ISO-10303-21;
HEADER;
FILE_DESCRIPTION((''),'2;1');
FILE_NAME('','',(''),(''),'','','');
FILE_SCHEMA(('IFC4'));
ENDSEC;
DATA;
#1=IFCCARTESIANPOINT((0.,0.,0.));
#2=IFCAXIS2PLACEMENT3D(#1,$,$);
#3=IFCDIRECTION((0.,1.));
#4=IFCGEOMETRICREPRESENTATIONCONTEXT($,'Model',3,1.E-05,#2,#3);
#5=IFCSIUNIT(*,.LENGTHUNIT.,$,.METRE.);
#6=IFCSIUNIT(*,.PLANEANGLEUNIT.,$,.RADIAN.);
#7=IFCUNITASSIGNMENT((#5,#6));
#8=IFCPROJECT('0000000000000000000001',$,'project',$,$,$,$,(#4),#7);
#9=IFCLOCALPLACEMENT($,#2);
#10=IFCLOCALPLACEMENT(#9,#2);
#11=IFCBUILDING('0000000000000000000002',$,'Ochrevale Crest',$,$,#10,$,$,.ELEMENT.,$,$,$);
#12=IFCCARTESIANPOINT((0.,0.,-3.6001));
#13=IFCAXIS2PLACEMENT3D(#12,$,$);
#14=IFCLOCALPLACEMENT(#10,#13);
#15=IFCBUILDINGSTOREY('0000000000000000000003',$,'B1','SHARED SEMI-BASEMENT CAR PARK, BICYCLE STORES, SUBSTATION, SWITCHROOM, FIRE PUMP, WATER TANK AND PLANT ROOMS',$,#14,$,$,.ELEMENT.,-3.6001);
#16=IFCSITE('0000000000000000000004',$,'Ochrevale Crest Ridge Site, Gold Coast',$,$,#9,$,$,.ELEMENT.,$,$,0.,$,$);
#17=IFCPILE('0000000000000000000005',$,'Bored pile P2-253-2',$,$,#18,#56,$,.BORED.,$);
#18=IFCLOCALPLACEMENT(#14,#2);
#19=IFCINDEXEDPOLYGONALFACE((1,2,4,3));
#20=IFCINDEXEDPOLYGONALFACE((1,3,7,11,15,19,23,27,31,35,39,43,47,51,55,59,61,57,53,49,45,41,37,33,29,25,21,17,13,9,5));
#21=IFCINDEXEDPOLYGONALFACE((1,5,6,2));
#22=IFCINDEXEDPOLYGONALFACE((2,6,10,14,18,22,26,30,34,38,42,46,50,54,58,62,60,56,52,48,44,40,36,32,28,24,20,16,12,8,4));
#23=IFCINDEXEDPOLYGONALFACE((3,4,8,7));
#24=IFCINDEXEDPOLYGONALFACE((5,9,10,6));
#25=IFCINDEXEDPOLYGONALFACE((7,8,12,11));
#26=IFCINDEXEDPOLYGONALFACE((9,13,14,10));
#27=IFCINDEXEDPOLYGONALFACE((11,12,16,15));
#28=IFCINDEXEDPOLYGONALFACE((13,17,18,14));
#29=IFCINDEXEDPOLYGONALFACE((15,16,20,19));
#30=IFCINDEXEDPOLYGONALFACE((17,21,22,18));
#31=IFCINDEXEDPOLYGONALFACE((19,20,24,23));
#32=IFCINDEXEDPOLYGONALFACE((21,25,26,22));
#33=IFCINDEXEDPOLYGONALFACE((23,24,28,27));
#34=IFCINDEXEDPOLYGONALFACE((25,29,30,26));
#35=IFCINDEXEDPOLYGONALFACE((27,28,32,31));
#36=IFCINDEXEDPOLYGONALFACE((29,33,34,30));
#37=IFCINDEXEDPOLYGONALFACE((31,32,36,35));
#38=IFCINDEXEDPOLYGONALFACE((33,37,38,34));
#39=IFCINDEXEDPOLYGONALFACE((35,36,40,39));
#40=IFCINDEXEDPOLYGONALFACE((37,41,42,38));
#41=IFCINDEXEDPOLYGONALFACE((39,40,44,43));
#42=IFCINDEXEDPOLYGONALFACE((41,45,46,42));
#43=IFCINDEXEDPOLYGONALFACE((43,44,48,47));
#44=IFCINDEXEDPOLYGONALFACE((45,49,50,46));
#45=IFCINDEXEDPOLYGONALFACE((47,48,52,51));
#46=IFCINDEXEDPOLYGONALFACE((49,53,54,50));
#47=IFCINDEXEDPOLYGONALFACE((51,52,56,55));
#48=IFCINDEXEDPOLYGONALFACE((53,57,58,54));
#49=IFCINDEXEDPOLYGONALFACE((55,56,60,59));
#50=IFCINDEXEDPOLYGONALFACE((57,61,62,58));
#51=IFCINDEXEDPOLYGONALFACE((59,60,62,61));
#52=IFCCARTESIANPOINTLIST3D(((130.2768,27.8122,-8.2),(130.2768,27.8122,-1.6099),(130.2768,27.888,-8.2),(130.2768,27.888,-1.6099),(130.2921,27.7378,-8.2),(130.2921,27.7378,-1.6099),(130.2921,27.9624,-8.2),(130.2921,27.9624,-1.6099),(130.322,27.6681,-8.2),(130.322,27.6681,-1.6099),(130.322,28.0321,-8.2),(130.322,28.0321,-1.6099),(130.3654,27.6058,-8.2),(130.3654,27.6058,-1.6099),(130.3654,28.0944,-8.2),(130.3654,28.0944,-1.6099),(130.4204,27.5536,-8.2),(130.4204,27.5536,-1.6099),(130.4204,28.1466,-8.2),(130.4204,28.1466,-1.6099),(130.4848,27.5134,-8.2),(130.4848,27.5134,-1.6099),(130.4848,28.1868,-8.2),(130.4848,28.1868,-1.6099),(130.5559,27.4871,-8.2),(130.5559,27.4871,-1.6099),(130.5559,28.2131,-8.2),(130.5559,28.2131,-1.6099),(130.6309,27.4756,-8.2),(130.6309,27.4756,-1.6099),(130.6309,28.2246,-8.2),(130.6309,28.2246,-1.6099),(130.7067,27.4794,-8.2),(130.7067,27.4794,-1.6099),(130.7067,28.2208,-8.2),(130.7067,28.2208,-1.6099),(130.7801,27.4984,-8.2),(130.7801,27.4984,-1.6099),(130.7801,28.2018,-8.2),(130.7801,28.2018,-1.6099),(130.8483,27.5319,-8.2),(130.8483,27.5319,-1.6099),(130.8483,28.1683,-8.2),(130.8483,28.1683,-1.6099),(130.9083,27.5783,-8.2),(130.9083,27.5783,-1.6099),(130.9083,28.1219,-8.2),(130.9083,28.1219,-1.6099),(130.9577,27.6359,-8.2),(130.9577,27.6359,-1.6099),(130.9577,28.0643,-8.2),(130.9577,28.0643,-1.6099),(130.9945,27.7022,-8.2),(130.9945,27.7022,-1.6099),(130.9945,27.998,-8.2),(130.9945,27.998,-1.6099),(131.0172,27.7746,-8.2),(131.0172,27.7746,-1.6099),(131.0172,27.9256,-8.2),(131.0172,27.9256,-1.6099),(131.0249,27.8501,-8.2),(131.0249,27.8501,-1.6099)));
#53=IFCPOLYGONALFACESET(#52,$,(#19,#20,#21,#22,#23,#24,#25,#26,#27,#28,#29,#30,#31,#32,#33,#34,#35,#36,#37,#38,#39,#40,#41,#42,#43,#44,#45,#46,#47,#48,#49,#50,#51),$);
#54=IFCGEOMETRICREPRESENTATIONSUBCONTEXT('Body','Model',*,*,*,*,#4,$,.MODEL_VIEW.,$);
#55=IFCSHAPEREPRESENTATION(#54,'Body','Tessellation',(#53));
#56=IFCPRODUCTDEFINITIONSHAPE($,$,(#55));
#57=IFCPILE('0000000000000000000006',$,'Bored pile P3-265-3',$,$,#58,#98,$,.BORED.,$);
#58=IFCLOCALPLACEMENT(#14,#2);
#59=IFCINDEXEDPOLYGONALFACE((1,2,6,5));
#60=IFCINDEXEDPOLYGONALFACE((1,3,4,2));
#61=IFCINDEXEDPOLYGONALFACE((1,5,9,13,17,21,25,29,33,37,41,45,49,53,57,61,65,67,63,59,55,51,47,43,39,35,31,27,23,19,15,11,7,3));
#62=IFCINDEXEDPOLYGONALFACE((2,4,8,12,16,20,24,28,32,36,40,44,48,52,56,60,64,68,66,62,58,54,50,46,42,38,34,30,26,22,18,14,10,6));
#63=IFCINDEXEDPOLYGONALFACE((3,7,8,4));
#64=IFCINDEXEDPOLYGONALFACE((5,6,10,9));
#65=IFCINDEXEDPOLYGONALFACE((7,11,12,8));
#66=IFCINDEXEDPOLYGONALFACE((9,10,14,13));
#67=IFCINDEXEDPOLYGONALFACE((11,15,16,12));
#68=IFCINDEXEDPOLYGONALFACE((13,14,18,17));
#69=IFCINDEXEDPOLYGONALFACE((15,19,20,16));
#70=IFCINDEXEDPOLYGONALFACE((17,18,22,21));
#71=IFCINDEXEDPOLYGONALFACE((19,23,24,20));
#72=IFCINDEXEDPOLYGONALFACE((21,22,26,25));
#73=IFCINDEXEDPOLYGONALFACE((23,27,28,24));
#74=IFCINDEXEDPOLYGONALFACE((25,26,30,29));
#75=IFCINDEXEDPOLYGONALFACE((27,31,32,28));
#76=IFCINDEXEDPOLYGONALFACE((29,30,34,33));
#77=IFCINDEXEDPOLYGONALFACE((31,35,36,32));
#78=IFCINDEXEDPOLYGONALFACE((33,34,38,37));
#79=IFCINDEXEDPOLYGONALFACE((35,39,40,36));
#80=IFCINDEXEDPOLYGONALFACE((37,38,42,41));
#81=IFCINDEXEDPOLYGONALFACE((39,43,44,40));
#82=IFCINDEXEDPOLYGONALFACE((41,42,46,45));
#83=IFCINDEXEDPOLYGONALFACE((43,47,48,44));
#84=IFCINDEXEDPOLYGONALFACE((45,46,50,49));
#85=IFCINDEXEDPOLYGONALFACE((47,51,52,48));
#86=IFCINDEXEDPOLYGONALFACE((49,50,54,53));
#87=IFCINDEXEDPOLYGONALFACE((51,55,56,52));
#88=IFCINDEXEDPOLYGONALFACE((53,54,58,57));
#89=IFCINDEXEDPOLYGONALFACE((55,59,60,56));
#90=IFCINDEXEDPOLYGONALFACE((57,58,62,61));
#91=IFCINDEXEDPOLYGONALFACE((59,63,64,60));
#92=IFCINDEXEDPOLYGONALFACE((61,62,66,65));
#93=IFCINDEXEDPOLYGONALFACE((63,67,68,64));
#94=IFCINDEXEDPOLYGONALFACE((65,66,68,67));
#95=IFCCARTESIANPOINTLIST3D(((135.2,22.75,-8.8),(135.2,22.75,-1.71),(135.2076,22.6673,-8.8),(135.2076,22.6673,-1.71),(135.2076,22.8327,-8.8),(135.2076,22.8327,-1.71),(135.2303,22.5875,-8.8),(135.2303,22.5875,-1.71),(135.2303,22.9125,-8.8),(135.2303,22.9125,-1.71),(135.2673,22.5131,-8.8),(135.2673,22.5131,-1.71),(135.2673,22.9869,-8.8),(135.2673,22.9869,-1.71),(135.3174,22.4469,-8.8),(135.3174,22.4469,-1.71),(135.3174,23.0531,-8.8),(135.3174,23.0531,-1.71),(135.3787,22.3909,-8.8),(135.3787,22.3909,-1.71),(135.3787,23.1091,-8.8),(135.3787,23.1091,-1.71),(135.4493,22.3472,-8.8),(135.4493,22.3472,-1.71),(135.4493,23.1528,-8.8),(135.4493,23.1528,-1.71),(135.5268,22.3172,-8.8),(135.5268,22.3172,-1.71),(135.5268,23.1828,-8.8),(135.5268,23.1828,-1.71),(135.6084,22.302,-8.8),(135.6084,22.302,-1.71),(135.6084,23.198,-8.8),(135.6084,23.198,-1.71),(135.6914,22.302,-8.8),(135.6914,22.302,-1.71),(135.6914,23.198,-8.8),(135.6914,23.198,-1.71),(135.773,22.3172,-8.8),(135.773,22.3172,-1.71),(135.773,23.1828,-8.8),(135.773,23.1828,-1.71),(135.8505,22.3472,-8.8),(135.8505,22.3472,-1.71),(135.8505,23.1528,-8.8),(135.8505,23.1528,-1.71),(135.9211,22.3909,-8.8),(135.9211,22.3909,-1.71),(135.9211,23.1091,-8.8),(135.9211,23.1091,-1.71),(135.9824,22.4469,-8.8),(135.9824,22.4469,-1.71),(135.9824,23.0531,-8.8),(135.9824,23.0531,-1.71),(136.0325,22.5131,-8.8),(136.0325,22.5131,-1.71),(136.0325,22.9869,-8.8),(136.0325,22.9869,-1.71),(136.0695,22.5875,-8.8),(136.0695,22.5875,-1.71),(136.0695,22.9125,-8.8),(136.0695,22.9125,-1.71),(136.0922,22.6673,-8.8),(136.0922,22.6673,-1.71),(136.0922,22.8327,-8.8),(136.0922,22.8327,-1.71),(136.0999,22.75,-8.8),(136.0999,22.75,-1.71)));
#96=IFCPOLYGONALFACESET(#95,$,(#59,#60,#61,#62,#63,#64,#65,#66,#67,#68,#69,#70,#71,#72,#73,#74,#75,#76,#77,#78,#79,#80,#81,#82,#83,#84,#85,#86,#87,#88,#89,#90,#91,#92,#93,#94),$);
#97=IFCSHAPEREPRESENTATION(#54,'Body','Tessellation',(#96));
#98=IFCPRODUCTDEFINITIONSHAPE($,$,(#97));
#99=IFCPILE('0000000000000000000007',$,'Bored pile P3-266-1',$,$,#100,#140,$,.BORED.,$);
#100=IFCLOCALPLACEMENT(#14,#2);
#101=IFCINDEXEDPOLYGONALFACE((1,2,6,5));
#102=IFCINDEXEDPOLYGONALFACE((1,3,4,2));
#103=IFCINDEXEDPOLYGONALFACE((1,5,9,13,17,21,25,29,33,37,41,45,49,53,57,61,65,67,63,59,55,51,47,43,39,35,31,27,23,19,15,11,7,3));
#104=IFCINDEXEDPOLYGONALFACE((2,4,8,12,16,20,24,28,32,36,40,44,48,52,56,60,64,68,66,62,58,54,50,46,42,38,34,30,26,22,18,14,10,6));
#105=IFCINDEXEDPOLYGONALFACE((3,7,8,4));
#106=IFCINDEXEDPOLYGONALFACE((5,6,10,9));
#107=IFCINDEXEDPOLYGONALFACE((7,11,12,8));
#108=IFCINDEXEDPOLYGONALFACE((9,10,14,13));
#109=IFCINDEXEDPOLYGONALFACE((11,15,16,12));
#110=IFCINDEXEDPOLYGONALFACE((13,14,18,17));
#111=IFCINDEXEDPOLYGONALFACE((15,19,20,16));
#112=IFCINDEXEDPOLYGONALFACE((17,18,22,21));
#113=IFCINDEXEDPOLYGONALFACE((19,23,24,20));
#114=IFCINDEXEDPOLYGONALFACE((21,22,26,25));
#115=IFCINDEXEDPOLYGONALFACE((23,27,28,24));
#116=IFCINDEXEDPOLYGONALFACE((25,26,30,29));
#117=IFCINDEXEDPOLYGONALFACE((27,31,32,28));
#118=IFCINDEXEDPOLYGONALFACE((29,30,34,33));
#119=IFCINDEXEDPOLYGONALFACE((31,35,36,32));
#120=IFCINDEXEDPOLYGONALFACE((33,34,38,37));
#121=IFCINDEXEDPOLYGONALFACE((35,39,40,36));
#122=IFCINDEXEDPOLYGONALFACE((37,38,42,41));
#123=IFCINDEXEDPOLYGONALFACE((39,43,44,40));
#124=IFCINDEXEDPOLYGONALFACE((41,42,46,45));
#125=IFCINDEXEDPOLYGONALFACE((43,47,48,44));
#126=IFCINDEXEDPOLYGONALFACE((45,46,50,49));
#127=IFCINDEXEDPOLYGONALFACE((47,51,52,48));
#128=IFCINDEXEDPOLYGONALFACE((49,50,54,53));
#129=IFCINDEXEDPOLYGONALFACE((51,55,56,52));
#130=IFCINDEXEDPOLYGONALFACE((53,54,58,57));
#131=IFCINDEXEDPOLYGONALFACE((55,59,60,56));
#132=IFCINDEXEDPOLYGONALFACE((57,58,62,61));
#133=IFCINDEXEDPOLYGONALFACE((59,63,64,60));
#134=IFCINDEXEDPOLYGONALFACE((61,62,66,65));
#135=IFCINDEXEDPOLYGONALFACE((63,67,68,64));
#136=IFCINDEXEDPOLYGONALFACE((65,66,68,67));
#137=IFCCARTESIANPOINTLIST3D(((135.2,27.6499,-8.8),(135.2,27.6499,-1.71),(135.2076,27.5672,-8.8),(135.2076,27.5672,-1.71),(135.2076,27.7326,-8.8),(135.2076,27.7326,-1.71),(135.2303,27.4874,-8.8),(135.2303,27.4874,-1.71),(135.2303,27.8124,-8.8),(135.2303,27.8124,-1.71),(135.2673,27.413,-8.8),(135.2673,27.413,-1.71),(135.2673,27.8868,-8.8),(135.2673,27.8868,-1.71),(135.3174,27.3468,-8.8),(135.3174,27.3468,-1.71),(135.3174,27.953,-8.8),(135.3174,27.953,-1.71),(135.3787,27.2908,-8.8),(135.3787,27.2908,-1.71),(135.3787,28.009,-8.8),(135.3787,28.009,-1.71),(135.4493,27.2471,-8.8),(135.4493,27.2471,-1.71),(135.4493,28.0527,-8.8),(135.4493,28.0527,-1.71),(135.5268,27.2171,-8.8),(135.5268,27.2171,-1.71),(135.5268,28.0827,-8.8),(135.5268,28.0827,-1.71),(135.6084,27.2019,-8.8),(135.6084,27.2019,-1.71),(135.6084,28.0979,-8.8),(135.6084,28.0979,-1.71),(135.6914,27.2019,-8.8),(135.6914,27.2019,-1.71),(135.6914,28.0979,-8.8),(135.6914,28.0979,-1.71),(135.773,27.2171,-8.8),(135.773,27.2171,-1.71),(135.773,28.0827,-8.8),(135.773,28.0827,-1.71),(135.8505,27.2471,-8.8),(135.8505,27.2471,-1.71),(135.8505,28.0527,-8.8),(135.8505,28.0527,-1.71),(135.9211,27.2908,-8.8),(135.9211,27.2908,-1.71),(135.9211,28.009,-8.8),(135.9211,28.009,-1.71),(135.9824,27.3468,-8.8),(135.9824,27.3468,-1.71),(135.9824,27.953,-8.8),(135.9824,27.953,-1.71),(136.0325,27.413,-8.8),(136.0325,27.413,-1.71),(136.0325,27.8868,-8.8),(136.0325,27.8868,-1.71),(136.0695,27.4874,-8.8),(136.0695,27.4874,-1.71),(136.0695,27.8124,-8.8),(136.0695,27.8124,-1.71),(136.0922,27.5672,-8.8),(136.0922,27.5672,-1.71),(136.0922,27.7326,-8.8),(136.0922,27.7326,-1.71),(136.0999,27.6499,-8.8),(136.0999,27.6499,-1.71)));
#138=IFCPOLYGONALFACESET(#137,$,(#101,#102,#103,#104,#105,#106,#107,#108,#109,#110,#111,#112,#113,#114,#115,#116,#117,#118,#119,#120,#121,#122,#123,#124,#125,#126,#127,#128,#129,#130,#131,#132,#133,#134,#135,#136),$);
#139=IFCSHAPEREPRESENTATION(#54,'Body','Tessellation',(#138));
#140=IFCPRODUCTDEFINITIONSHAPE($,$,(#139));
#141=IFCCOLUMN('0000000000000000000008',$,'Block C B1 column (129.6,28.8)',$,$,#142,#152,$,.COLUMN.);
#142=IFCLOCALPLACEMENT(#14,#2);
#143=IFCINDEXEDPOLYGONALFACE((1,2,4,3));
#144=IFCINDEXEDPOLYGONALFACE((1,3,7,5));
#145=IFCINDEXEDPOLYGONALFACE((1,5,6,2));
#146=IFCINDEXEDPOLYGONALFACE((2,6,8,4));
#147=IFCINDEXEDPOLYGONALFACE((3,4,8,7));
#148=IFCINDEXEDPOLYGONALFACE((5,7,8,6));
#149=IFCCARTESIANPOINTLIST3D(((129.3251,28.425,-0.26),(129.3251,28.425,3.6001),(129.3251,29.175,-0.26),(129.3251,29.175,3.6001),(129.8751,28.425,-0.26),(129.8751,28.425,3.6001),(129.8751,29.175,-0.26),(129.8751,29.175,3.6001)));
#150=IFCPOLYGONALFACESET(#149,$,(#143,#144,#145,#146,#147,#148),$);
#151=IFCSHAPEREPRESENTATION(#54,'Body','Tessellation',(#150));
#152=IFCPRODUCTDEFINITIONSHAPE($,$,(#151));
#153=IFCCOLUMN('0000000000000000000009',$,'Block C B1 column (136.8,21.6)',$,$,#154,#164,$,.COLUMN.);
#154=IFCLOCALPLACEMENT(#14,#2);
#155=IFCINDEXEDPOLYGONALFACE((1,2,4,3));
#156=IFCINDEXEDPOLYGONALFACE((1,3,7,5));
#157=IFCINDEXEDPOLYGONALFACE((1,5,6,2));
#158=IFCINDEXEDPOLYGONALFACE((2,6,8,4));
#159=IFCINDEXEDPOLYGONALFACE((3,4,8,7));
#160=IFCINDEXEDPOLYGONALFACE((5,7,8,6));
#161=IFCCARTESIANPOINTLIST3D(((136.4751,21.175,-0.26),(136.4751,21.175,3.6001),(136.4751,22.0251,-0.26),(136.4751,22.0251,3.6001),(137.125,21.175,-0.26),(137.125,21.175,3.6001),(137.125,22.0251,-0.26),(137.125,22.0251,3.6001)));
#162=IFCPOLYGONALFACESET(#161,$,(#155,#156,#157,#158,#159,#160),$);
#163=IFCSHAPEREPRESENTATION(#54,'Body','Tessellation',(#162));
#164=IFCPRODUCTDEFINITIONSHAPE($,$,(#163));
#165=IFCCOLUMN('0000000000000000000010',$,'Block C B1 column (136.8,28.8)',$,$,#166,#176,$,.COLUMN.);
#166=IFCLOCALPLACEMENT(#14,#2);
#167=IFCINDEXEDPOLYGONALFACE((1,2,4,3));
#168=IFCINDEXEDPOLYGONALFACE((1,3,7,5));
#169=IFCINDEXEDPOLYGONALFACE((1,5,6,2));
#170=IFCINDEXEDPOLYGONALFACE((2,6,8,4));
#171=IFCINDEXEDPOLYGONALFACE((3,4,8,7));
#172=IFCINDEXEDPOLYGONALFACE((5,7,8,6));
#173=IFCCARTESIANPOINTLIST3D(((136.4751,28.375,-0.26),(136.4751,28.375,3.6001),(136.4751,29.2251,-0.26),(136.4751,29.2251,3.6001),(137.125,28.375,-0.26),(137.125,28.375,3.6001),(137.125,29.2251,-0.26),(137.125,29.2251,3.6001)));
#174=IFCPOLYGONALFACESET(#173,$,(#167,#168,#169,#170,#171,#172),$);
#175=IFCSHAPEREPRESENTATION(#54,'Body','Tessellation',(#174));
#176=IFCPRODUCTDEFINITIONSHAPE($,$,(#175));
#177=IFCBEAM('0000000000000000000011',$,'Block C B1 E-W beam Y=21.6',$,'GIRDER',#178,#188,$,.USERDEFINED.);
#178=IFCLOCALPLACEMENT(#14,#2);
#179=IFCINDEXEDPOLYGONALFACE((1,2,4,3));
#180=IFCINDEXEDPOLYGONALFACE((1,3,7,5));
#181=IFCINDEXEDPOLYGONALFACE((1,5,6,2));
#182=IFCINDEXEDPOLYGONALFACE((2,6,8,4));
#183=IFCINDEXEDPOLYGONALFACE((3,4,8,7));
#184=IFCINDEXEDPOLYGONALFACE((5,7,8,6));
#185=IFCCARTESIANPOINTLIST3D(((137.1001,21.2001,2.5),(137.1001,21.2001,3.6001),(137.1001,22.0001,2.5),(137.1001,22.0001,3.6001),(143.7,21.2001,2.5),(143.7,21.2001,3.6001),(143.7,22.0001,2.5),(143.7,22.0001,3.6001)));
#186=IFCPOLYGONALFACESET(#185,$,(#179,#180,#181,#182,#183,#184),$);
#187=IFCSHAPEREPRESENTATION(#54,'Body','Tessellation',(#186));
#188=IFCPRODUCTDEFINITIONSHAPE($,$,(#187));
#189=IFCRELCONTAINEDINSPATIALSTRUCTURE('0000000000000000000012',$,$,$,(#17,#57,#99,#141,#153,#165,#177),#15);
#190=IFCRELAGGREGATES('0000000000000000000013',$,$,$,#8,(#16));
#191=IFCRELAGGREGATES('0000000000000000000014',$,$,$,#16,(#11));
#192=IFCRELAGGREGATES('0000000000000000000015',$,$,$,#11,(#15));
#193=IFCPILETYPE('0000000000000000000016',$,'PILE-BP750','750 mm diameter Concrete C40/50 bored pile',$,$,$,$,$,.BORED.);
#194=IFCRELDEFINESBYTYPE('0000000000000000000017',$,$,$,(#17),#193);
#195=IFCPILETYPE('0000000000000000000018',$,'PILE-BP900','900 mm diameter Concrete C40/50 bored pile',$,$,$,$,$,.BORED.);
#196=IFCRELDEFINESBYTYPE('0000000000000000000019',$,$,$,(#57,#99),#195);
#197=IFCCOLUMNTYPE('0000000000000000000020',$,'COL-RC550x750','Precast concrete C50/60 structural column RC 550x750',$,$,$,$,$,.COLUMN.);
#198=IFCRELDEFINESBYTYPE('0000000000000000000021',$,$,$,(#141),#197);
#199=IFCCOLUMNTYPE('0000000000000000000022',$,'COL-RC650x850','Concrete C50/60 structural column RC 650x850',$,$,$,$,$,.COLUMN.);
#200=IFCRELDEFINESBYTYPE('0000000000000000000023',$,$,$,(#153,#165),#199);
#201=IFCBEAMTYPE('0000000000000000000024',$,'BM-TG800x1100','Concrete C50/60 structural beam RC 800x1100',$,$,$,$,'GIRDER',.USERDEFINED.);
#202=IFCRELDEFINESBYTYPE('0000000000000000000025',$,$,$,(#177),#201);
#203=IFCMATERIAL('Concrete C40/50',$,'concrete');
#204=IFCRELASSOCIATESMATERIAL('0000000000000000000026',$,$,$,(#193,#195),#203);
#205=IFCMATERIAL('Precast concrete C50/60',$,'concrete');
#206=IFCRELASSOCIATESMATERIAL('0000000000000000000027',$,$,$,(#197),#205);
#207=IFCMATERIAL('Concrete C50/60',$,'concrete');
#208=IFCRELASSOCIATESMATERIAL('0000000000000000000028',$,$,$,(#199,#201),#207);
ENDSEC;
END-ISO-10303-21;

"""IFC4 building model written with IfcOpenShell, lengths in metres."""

from ifc_helpers import new_model, si_unit, direction, frame, origin, origin_2d, place, context, subcontext, project, spatial, rectangle, circle, extrude, material, material_profile, profile_set, type_object, element, save


model = new_model("IFC4")

# Units and contexts
model_context = context("Model", 3, precision=1e-05, world=origin(), true_north=direction((0.0, 1.0)))
body_context = subcontext(model_context, "Body", "Model", "MODEL_VIEW")
ifc_project = project(units=[si_unit("LENGTHUNIT", "METRE"), si_unit("PLANEANGLEUNIT", "RADIAN")], contexts=[model_context])

# Site, building, storey
site_placement = place(None, origin())
site = spatial("IfcSite", under=ifc_project, at=site_placement, Name="Ochrevale Crest Ridge Site, Gold Coast", CompositionType="ELEMENT", RefElevation=0.0)
building_placement = place(site_placement, origin())
building = spatial("IfcBuilding", under=site, at=building_placement, Name="Ochrevale Crest", CompositionType="ELEMENT")
storey_placement = place(building_placement, frame((0.0, 0.0, -3.6001)))
storey = spatial("IfcBuildingStorey", under=building, at=storey_placement, Name="B1", Description="SHARED SEMI-BASEMENT CAR PARK, BICYCLE STORES, SUBSTATION, SWITCHROOM, FIRE PUMP, WATER TANK AND PLANT ROOMS", CompositionType="ELEMENT", Elevation=-3.6001)

# Shared definitions
ifc_material_1 = material(Name="Concrete C40/50", Category="concrete")

# Piles
ifc_material_profile_1 = material_profile(ifc_material_1, circle(Radius=0.375, at=origin_2d()), Name="BORED PILE 750")
ifc_profile_set_1 = profile_set([ifc_material_profile_1], Name="Concrete C40/50")
pile_type_1 = type_object("IfcPileType", Name="PILE-BP750", Description="750 mm diameter Concrete C40/50 bored pile", PredefinedType="BORED", material=ifc_profile_set_1)
for number, where, z_axis, x_axis, name in (
    (1, (130.6499, 27.8501, -1.6099), (0.0, 0.0, -1.0), (1.0, 0.0, 0.0), "Bored pile P2-253-2"),
):
    element("IfcPile", number, at=place(storey_placement, frame(where, z_axis=z_axis, x_axis=x_axis)), inside=storey, type_object=pile_type_1, Name=name, PredefinedType="BORED", context=body_context, shape_type="SweptSolid", body=[
        extrude(circle(Radius=0.375, at=origin_2d()), origin(), (0.0, 0.0, 1.0), 6.5901),
    ])
ifc_material_profile_2 = material_profile(ifc_material_1, circle(Radius=0.45, at=origin_2d()), Name="BORED PILE 900")
ifc_profile_set_2 = profile_set([ifc_material_profile_2], Name="Concrete C40/50")
pile_type_2 = type_object("IfcPileType", Name="PILE-BP900", Description="900 mm diameter Concrete C40/50 bored pile", PredefinedType="BORED", material=ifc_profile_set_2)
for number, where, z_axis, x_axis, name in (
    (2, (135.6499, 22.75, -1.71), (0.0, 0.0, -1.0), (1.0, 0.0, 0.0), "Bored pile P3-265-3"),
    (3, (135.6499, 27.6499, -1.71), (0.0, 0.0, -1.0), (1.0, 0.0, 0.0), "Bored pile P3-266-1"),
):
    element("IfcPile", number, at=place(storey_placement, frame(where, z_axis=z_axis, x_axis=x_axis)), inside=storey, type_object=pile_type_2, Name=name, PredefinedType="BORED", context=body_context, shape_type="SweptSolid", body=[
        extrude(circle(Radius=0.45, at=origin_2d()), origin(), (0.0, 0.0, 1.0), 7.0901),
    ])

# Columns
ifc_material_2 = material(Name="Precast concrete C50/60", Category="concrete")
ifc_material_profile_3 = material_profile(ifc_material_2, rectangle(XDim=0.55, YDim=0.75, at=origin_2d()), Name="RC 550x750")
ifc_profile_set_3 = profile_set([ifc_material_profile_3], Name="Precast concrete C50/60")
column_type_1 = type_object("IfcColumnType", Name="COL-RC550x750", Description="Precast concrete C50/60 structural column RC 550x750", PredefinedType="COLUMN", material=ifc_profile_set_3)
column_placement = place(storey_placement, frame((129.6001, 28.8, -0.26), z_axis=(0.0, 0.0, 1.0), x_axis=(1.0, 0.0, 0.0)))
element("IfcColumn", 4, at=column_placement, inside=storey, type_object=column_type_1, Name="Block C B1 column (129.6,28.8)", PredefinedType="COLUMN", context=body_context, shape_type="SweptSolid", body=[
    extrude(rectangle(XDim=0.55, YDim=0.75, at=origin_2d()), origin(), (0.0, 0.0, 1.0), 3.8601),
])
ifc_material_3 = material(Name="Concrete C50/60", Category="concrete")
ifc_material_profile_4 = material_profile(ifc_material_3, rectangle(XDim=0.6499, YDim=0.8501, at=origin_2d()), Name="RC 650x850")
ifc_profile_set_4 = profile_set([ifc_material_profile_4], Name="Concrete C50/60")
column_type_2 = type_object("IfcColumnType", Name="COL-RC650x850", Description="Concrete C50/60 structural column RC 650x850", PredefinedType="COLUMN", material=ifc_profile_set_4)
for number, where, z_axis, x_axis, name in (
    (5, (136.8, 21.6001, -0.26), (0.0, 0.0, 1.0), (1.0, 0.0, 0.0), "Block C B1 column (136.8,21.6)"),
    (6, (136.8, 28.8, -0.26), (0.0, 0.0, 1.0), (1.0, 0.0, 0.0), "Block C B1 column (136.8,28.8)"),
):
    element("IfcColumn", number, at=place(storey_placement, frame(where, z_axis=z_axis, x_axis=x_axis)), inside=storey, type_object=column_type_2, Name=name, PredefinedType="COLUMN", context=body_context, shape_type="SweptSolid", body=[
        extrude(rectangle(XDim=0.6499, YDim=0.8501, at=origin_2d()), origin(), (0.0, 0.0, 1.0), 3.8601),
    ])

# Beam
ifc_material_profile_5 = material_profile(ifc_material_3, rectangle(XDim=0.8, YDim=1.1001, at=origin_2d()), Name="RC 800x1100")
ifc_profile_set_5 = profile_set([ifc_material_profile_5], Name="Concrete C50/60")
beam_type = type_object("IfcBeamType", Name="BM-TG800x1100", Description="Concrete C50/60 structural beam RC 800x1100", ElementType="GIRDER", PredefinedType="USERDEFINED", material=ifc_profile_set_5)
beam_1_placement = place(storey_placement, frame((137.1001, 21.6001, 3.05), z_axis=(1.0, 0.0, 0.0), x_axis=(0.0, 1.0, 0.0)))
element("IfcBeam", 7, at=beam_1_placement, inside=storey, type_object=beam_type, Name="Block C B1 E-W beam Y=21.6", ObjectType="GIRDER", PredefinedType="USERDEFINED", context=body_context, shape_type="SweptSolid", body=[
    extrude(rectangle(XDim=0.8, YDim=1.1001, at=origin_2d()), origin(), (0.0, 0.0, 1.0), 6.5999),
])

save(model, "model.ifc")
